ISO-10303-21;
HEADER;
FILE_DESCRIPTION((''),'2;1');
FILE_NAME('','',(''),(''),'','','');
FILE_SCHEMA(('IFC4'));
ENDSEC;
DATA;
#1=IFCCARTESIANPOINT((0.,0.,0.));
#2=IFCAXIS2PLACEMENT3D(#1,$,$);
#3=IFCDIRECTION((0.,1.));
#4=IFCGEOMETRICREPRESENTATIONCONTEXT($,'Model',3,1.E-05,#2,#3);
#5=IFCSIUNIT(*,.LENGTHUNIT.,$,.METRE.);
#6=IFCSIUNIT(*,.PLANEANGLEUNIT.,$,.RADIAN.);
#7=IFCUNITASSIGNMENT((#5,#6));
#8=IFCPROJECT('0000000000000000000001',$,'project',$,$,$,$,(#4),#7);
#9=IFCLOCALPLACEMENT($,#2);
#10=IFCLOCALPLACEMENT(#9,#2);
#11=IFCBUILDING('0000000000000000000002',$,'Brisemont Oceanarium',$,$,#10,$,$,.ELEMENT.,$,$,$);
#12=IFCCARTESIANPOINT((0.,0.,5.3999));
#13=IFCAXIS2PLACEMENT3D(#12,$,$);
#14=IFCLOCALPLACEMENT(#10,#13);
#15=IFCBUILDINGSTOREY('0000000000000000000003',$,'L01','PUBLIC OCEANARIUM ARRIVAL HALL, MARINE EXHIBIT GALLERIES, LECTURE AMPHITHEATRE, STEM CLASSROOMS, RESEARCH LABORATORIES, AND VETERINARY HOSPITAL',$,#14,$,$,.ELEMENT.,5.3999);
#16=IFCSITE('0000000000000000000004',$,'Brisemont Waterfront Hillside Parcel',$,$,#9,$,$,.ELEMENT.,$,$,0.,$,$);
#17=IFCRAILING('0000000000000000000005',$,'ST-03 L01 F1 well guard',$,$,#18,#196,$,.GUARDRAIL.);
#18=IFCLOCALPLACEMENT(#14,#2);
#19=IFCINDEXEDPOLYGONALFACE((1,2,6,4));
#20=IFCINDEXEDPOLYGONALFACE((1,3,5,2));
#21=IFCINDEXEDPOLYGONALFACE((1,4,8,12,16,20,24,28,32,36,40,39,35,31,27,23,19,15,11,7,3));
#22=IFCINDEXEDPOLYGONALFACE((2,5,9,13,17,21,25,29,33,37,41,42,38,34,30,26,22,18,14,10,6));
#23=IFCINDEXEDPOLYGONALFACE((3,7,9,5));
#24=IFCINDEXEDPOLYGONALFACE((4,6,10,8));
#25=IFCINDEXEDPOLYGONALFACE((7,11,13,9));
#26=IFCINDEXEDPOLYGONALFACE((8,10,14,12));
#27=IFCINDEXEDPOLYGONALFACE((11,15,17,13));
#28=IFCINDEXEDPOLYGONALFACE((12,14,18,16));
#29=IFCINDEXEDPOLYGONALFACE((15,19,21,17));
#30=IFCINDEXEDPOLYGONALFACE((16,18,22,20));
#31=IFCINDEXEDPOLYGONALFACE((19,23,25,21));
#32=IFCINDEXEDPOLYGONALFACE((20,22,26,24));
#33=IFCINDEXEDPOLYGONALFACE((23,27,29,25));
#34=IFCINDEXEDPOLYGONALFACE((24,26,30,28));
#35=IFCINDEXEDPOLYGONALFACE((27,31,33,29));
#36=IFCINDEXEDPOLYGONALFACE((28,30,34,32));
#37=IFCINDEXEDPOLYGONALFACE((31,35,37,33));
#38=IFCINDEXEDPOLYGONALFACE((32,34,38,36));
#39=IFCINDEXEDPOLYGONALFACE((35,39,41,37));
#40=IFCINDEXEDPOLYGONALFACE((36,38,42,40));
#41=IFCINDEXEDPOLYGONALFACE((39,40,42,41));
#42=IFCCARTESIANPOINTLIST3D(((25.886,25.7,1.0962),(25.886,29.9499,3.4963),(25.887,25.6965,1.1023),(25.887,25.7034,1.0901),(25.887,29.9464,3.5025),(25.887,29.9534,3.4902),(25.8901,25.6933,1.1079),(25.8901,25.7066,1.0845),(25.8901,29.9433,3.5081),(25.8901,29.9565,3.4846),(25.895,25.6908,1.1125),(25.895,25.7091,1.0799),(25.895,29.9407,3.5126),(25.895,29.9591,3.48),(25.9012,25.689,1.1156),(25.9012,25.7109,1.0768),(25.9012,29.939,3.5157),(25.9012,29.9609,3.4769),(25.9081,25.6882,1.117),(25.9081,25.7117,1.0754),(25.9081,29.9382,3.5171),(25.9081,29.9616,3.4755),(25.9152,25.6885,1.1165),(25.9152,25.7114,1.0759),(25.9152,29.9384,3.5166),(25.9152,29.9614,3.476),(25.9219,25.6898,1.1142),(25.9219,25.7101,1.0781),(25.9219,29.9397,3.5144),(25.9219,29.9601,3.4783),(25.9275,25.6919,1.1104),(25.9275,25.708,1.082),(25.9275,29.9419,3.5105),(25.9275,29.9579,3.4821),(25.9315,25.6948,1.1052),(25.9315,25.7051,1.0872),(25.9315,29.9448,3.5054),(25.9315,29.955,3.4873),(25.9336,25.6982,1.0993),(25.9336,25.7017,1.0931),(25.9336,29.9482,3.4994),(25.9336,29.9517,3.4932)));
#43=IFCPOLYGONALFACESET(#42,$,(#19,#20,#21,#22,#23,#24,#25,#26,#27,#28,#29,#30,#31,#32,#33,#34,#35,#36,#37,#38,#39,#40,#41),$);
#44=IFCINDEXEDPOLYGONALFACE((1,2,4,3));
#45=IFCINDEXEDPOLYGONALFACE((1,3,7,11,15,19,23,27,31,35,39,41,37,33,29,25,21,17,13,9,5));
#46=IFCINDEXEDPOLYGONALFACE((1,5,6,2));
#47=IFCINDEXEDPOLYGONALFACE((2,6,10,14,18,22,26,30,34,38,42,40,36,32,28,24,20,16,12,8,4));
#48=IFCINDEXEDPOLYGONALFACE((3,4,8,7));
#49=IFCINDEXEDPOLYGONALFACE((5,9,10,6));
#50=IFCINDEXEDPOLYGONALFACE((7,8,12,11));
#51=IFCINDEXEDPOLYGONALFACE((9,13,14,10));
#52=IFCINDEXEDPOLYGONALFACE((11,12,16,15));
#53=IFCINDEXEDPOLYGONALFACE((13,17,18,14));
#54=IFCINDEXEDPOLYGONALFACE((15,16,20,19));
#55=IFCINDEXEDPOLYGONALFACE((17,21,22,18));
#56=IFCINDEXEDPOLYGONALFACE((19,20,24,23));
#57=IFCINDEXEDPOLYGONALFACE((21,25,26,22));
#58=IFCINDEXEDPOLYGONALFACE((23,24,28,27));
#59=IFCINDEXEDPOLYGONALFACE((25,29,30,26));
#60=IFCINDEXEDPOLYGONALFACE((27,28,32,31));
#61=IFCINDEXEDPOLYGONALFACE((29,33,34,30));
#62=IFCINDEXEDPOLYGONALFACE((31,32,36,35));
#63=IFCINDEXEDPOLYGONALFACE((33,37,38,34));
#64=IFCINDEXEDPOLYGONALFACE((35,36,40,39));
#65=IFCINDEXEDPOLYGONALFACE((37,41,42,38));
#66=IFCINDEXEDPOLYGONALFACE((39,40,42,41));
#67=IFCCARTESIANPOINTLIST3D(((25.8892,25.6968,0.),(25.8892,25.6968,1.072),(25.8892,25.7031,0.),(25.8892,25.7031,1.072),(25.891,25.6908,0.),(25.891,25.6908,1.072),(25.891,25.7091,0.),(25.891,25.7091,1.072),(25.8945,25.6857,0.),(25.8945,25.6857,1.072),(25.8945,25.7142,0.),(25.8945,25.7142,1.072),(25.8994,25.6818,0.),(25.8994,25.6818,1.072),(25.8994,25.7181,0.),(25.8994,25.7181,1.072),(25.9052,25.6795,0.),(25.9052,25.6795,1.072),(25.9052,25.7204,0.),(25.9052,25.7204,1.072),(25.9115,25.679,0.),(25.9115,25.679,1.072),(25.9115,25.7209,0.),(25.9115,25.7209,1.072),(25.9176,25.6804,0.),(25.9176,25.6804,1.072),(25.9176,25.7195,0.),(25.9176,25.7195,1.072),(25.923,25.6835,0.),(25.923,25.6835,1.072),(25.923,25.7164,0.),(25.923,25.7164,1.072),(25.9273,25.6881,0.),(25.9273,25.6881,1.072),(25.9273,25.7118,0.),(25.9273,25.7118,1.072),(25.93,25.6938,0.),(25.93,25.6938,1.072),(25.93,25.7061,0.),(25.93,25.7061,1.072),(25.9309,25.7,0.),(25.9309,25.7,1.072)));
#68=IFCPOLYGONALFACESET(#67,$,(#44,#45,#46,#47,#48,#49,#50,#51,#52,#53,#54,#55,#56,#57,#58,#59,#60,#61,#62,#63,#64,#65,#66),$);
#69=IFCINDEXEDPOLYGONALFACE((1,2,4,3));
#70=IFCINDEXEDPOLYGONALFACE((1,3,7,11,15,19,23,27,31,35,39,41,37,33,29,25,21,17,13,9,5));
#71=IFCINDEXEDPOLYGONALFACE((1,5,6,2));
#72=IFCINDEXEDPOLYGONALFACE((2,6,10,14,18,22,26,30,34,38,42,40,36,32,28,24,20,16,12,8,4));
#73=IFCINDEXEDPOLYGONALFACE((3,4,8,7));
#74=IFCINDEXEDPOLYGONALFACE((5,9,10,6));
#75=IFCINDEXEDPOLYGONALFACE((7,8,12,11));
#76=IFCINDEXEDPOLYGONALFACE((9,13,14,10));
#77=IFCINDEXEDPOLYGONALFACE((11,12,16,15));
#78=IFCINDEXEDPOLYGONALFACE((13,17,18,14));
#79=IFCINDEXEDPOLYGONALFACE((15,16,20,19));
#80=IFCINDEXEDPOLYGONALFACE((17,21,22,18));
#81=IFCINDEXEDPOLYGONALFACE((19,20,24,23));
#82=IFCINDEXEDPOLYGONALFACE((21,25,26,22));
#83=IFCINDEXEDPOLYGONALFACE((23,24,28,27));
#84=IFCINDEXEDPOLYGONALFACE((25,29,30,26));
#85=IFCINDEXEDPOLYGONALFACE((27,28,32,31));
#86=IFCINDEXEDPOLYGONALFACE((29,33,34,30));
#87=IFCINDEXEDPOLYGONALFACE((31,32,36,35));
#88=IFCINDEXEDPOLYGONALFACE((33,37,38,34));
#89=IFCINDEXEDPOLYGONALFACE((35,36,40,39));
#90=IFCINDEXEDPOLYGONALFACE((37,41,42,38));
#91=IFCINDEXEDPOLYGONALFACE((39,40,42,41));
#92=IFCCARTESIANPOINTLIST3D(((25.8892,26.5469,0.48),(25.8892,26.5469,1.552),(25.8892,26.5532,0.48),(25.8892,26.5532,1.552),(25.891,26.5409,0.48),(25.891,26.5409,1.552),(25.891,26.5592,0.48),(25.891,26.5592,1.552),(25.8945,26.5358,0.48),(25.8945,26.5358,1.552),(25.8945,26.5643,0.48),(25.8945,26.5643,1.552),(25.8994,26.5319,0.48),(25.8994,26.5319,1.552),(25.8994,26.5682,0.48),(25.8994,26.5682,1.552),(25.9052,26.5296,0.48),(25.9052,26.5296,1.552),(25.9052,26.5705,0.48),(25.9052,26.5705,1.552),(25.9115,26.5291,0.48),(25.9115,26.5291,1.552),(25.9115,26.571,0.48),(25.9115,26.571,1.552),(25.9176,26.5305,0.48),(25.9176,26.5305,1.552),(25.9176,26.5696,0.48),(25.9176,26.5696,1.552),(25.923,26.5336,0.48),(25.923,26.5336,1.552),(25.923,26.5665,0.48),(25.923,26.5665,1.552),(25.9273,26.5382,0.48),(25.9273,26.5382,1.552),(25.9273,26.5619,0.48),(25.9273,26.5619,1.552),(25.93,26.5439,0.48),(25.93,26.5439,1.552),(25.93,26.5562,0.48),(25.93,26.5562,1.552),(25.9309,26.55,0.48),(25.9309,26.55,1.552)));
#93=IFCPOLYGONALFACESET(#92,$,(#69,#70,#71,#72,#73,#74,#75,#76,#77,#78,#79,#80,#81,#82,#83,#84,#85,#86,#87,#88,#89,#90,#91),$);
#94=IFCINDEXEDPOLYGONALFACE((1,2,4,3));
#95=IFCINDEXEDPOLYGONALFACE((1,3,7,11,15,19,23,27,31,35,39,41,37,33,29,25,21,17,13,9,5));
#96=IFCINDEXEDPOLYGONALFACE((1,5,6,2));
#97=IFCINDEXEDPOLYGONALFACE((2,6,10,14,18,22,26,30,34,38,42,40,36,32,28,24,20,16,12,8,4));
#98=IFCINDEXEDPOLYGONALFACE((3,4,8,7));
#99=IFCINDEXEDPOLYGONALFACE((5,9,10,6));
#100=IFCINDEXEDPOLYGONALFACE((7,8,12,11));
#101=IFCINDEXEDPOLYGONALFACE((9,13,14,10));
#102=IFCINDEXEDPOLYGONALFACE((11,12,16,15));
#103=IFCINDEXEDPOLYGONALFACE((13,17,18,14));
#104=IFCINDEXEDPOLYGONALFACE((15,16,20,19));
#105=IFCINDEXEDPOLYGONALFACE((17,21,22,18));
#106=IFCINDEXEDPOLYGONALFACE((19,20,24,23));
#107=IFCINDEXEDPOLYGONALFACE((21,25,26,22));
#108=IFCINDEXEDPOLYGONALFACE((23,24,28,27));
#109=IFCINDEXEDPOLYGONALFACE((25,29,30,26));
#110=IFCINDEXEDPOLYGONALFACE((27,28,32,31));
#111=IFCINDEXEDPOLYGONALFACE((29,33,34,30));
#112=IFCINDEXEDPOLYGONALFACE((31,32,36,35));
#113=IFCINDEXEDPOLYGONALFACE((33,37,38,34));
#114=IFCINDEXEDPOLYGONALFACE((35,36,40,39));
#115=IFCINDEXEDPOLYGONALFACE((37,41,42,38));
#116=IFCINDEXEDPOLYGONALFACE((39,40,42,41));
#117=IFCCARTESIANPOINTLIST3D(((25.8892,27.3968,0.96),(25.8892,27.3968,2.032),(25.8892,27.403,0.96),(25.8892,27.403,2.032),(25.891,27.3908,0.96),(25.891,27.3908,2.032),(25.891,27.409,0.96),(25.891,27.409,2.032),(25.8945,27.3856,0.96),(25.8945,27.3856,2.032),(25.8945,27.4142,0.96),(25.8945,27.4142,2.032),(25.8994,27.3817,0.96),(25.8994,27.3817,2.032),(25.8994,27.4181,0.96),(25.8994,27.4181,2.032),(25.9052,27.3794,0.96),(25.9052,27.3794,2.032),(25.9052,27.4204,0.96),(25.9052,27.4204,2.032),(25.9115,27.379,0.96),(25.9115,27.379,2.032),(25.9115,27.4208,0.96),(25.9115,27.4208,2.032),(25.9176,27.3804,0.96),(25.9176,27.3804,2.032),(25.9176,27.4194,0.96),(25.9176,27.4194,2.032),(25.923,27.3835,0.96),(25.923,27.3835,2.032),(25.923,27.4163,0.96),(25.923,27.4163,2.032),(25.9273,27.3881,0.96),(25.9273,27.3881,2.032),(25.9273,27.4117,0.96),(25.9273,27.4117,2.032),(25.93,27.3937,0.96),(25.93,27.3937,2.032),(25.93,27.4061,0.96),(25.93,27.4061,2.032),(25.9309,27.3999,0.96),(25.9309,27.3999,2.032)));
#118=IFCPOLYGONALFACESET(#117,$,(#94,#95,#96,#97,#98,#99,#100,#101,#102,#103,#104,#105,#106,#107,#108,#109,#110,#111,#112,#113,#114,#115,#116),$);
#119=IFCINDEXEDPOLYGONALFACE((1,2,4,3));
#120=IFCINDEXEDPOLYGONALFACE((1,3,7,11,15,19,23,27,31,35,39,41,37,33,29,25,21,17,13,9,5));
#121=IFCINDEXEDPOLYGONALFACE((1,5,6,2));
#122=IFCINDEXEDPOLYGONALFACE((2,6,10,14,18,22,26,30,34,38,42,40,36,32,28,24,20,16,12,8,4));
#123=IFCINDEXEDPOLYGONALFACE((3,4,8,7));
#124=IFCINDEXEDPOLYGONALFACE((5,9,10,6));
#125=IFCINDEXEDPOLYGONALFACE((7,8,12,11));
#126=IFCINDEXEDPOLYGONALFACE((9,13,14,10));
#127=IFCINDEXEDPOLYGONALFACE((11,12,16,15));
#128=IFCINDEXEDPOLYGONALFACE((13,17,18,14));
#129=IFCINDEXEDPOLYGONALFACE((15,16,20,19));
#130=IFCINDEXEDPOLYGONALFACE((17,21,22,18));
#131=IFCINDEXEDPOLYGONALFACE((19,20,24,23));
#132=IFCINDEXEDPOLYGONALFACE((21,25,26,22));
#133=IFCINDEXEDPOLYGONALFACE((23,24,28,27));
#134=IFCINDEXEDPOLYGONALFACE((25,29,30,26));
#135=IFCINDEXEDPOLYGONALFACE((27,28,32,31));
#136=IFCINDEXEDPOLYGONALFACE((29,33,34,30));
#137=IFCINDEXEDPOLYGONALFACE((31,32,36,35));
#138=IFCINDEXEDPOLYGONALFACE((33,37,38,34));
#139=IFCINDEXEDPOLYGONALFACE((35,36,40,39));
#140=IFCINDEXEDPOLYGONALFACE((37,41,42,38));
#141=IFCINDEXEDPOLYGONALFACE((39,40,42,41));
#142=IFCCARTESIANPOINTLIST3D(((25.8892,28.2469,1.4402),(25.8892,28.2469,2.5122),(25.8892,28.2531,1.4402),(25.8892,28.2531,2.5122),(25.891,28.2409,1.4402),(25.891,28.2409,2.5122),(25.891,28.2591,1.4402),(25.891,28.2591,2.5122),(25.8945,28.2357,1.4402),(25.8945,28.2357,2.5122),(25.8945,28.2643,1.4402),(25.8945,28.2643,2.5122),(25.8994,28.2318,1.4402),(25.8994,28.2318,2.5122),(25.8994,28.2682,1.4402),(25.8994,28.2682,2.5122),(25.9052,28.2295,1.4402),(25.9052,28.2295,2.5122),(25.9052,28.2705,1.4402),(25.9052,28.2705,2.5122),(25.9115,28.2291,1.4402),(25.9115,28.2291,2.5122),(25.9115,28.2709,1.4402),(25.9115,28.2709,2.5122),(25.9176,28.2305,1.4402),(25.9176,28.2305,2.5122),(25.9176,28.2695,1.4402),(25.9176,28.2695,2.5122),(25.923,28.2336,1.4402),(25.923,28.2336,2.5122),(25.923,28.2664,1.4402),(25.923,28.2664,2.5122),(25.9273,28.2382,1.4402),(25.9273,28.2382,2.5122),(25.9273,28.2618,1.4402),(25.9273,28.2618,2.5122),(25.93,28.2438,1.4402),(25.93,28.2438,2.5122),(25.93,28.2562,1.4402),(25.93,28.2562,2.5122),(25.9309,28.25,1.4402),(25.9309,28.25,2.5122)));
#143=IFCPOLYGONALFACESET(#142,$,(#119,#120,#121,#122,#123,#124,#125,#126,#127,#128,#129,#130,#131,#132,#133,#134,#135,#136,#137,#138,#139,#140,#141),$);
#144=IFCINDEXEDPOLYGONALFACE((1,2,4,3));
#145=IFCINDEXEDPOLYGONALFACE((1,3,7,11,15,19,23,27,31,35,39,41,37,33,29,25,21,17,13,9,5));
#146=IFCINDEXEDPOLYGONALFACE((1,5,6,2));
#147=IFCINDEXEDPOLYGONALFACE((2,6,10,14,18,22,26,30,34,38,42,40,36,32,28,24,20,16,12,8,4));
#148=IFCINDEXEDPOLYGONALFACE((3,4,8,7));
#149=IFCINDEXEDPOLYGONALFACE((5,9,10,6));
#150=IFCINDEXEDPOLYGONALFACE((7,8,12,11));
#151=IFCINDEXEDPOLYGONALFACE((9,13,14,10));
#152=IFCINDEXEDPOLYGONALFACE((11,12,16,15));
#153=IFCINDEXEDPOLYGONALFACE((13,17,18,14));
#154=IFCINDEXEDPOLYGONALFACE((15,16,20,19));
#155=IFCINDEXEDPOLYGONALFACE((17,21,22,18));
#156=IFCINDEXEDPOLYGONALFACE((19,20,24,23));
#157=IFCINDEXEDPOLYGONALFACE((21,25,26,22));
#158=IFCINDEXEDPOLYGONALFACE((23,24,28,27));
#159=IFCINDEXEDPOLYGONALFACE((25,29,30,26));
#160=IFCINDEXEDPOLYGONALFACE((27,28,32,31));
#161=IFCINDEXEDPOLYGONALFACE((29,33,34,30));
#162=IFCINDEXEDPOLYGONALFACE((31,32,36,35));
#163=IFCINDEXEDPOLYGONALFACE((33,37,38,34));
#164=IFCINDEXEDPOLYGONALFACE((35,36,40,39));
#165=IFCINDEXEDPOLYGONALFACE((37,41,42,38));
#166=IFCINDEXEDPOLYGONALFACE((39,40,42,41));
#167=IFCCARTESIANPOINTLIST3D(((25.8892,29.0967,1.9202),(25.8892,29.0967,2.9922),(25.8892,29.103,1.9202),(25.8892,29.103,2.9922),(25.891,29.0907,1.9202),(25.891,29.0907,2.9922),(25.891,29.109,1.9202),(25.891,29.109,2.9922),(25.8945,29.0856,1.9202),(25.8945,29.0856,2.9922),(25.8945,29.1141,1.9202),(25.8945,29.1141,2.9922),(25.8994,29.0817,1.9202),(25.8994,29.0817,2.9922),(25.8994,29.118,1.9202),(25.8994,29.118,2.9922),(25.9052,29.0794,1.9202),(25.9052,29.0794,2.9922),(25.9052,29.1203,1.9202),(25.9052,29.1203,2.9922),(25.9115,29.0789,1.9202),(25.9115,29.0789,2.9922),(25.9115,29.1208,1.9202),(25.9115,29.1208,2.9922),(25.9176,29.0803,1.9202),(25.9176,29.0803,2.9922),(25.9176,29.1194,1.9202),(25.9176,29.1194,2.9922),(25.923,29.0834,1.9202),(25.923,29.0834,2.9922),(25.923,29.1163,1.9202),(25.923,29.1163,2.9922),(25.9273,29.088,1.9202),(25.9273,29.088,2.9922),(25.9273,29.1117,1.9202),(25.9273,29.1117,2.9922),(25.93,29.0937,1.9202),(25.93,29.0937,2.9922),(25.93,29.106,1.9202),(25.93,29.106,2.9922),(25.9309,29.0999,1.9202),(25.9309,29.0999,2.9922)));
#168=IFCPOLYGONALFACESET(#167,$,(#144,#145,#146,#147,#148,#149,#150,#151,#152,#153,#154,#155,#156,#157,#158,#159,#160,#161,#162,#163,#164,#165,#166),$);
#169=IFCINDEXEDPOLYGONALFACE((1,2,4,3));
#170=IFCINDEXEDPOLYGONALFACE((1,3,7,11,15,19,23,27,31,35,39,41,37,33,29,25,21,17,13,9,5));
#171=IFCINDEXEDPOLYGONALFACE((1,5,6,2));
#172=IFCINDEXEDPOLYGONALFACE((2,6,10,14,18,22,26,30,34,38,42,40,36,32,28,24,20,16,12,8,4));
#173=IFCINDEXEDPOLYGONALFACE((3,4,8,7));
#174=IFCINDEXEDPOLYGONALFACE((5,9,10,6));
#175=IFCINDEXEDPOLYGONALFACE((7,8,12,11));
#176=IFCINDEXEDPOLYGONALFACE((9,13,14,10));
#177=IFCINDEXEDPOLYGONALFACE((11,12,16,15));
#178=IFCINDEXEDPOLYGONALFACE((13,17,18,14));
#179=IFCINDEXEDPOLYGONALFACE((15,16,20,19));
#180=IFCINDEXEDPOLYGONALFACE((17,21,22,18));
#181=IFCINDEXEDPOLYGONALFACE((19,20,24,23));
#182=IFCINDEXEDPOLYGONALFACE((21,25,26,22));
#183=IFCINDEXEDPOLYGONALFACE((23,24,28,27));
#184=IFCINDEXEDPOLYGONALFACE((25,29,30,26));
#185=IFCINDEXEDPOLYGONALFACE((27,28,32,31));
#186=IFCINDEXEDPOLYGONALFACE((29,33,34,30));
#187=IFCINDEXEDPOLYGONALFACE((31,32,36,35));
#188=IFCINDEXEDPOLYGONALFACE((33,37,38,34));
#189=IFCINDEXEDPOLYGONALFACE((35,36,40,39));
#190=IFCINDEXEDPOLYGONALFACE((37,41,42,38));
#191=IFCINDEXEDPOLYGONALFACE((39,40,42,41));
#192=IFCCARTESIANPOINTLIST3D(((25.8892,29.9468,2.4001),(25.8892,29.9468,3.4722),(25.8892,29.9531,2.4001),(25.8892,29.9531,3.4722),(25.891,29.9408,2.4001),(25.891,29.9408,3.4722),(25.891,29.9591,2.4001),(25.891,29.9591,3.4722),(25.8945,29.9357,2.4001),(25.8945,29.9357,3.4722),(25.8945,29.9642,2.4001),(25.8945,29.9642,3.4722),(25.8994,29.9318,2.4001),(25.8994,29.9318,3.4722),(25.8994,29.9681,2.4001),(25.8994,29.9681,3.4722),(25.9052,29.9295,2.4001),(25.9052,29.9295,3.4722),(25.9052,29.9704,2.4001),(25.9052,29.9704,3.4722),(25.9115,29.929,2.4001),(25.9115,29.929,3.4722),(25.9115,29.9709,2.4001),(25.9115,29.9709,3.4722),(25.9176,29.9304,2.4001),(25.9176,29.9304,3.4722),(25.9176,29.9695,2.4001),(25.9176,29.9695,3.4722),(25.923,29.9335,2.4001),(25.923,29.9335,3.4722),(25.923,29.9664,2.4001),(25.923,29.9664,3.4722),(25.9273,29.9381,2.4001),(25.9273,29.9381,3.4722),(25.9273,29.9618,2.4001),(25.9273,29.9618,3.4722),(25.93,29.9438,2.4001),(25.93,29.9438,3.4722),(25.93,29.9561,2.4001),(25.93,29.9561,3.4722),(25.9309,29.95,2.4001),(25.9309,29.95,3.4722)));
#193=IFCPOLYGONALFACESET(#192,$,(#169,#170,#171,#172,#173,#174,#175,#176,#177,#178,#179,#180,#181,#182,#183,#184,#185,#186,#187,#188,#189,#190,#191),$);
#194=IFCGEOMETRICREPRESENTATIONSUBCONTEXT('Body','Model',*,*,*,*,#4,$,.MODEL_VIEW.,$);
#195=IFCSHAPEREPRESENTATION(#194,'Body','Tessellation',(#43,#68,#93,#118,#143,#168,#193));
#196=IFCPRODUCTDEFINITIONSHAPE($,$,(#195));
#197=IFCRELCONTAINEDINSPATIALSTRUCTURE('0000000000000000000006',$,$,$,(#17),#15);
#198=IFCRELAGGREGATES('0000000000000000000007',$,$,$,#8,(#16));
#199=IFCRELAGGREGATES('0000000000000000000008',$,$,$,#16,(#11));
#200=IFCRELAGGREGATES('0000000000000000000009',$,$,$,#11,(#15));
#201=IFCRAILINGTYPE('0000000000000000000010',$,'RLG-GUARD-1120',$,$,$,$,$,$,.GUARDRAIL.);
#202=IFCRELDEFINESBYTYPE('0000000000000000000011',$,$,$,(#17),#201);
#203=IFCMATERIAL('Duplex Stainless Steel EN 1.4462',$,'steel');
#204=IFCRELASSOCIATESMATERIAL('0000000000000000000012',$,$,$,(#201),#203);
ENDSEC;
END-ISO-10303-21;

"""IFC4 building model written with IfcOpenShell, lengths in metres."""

from ifc_helpers import new_model, si_unit, direction, frame, origin, origin_2d, place, context, subcontext, project, spatial, circle, extrude, material, type_object, element, save


model = new_model("IFC4")

# Units and contexts
model_context = context("Model", 3, precision=1e-05, world=origin(), true_north=direction((0.0, 1.0)))
body_context = subcontext(model_context, "Body", "Model", "MODEL_VIEW")
ifc_project = project(units=[si_unit("LENGTHUNIT", "METRE"), si_unit("PLANEANGLEUNIT", "RADIAN")], contexts=[model_context])

# Site, building, storey
site_placement = place(None, origin())
site = spatial("IfcSite", under=ifc_project, at=site_placement, Name="Brisemont Waterfront Hillside Parcel", CompositionType="ELEMENT", RefElevation=0.0)
building_placement = place(site_placement, origin())
building = spatial("IfcBuilding", under=site, at=building_placement, Name="Brisemont Oceanarium", CompositionType="ELEMENT")
storey_placement = place(building_placement, frame((0.0, 0.0, 5.3999)))
storey = spatial("IfcBuildingStorey", under=building, at=storey_placement, Name="L01", Description="PUBLIC OCEANARIUM ARRIVAL HALL, MARINE EXHIBIT GALLERIES, LECTURE AMPHITHEATRE, STEM CLASSROOMS, RESEARCH LABORATORIES, AND VETERINARY HOSPITAL", CompositionType="ELEMENT", Elevation=5.3999)

# Railing
ifc_material_1 = material(Name="Duplex Stainless Steel EN 1.4462", Category="steel")
railing_type_1 = type_object("IfcRailingType", Name="RLG-GUARD-1120", PredefinedType="GUARDRAIL", material=ifc_material_1)
railing_1_placement = place(storey_placement, frame((25.9099, 25.7, 0.0)))
element("IfcRailing", 1, at=railing_1_placement, inside=storey, type_object=railing_type_1, Name="ST-03 L01 F1 well guard", PredefinedType="GUARDRAIL", context=body_context, shape_type="SweptSolid", body=[
    extrude(circle(Radius=0.0239, at=origin_2d()), frame((0.0, 0.0, 1.0962), z_axis=(0.0, 0.870741, 0.491742), x_axis=(-1.0, 0.0, 0.0)), (0.0, 0.0, 1.0), 4.8809),
    extrude(circle(Radius=0.021, at=origin_2d()), origin(), (0.0, 0.0, 1.0), 1.072),
    extrude(circle(Radius=0.021, at=origin_2d()), frame((0.0, 0.8501, 0.48)), (0.0, 0.0, 1.0), 1.072),
    extrude(circle(Radius=0.021, at=origin_2d()), frame((0.0, 1.7, 0.96)), (0.0, 0.0, 1.0), 1.072),
    extrude(circle(Radius=0.021, at=origin_2d()), frame((0.0, 2.55, 1.4402)), (0.0, 0.0, 1.0), 1.072),
    extrude(circle(Radius=0.021, at=origin_2d()), frame((0.0, 3.3999, 1.9202)), (0.0, 0.0, 1.0), 1.072),
    extrude(circle(Radius=0.021, at=origin_2d()), frame((0.0, 4.25, 2.4001)), (0.0, 0.0, 1.0), 1.072),
])

save(model, "model.ifc")
